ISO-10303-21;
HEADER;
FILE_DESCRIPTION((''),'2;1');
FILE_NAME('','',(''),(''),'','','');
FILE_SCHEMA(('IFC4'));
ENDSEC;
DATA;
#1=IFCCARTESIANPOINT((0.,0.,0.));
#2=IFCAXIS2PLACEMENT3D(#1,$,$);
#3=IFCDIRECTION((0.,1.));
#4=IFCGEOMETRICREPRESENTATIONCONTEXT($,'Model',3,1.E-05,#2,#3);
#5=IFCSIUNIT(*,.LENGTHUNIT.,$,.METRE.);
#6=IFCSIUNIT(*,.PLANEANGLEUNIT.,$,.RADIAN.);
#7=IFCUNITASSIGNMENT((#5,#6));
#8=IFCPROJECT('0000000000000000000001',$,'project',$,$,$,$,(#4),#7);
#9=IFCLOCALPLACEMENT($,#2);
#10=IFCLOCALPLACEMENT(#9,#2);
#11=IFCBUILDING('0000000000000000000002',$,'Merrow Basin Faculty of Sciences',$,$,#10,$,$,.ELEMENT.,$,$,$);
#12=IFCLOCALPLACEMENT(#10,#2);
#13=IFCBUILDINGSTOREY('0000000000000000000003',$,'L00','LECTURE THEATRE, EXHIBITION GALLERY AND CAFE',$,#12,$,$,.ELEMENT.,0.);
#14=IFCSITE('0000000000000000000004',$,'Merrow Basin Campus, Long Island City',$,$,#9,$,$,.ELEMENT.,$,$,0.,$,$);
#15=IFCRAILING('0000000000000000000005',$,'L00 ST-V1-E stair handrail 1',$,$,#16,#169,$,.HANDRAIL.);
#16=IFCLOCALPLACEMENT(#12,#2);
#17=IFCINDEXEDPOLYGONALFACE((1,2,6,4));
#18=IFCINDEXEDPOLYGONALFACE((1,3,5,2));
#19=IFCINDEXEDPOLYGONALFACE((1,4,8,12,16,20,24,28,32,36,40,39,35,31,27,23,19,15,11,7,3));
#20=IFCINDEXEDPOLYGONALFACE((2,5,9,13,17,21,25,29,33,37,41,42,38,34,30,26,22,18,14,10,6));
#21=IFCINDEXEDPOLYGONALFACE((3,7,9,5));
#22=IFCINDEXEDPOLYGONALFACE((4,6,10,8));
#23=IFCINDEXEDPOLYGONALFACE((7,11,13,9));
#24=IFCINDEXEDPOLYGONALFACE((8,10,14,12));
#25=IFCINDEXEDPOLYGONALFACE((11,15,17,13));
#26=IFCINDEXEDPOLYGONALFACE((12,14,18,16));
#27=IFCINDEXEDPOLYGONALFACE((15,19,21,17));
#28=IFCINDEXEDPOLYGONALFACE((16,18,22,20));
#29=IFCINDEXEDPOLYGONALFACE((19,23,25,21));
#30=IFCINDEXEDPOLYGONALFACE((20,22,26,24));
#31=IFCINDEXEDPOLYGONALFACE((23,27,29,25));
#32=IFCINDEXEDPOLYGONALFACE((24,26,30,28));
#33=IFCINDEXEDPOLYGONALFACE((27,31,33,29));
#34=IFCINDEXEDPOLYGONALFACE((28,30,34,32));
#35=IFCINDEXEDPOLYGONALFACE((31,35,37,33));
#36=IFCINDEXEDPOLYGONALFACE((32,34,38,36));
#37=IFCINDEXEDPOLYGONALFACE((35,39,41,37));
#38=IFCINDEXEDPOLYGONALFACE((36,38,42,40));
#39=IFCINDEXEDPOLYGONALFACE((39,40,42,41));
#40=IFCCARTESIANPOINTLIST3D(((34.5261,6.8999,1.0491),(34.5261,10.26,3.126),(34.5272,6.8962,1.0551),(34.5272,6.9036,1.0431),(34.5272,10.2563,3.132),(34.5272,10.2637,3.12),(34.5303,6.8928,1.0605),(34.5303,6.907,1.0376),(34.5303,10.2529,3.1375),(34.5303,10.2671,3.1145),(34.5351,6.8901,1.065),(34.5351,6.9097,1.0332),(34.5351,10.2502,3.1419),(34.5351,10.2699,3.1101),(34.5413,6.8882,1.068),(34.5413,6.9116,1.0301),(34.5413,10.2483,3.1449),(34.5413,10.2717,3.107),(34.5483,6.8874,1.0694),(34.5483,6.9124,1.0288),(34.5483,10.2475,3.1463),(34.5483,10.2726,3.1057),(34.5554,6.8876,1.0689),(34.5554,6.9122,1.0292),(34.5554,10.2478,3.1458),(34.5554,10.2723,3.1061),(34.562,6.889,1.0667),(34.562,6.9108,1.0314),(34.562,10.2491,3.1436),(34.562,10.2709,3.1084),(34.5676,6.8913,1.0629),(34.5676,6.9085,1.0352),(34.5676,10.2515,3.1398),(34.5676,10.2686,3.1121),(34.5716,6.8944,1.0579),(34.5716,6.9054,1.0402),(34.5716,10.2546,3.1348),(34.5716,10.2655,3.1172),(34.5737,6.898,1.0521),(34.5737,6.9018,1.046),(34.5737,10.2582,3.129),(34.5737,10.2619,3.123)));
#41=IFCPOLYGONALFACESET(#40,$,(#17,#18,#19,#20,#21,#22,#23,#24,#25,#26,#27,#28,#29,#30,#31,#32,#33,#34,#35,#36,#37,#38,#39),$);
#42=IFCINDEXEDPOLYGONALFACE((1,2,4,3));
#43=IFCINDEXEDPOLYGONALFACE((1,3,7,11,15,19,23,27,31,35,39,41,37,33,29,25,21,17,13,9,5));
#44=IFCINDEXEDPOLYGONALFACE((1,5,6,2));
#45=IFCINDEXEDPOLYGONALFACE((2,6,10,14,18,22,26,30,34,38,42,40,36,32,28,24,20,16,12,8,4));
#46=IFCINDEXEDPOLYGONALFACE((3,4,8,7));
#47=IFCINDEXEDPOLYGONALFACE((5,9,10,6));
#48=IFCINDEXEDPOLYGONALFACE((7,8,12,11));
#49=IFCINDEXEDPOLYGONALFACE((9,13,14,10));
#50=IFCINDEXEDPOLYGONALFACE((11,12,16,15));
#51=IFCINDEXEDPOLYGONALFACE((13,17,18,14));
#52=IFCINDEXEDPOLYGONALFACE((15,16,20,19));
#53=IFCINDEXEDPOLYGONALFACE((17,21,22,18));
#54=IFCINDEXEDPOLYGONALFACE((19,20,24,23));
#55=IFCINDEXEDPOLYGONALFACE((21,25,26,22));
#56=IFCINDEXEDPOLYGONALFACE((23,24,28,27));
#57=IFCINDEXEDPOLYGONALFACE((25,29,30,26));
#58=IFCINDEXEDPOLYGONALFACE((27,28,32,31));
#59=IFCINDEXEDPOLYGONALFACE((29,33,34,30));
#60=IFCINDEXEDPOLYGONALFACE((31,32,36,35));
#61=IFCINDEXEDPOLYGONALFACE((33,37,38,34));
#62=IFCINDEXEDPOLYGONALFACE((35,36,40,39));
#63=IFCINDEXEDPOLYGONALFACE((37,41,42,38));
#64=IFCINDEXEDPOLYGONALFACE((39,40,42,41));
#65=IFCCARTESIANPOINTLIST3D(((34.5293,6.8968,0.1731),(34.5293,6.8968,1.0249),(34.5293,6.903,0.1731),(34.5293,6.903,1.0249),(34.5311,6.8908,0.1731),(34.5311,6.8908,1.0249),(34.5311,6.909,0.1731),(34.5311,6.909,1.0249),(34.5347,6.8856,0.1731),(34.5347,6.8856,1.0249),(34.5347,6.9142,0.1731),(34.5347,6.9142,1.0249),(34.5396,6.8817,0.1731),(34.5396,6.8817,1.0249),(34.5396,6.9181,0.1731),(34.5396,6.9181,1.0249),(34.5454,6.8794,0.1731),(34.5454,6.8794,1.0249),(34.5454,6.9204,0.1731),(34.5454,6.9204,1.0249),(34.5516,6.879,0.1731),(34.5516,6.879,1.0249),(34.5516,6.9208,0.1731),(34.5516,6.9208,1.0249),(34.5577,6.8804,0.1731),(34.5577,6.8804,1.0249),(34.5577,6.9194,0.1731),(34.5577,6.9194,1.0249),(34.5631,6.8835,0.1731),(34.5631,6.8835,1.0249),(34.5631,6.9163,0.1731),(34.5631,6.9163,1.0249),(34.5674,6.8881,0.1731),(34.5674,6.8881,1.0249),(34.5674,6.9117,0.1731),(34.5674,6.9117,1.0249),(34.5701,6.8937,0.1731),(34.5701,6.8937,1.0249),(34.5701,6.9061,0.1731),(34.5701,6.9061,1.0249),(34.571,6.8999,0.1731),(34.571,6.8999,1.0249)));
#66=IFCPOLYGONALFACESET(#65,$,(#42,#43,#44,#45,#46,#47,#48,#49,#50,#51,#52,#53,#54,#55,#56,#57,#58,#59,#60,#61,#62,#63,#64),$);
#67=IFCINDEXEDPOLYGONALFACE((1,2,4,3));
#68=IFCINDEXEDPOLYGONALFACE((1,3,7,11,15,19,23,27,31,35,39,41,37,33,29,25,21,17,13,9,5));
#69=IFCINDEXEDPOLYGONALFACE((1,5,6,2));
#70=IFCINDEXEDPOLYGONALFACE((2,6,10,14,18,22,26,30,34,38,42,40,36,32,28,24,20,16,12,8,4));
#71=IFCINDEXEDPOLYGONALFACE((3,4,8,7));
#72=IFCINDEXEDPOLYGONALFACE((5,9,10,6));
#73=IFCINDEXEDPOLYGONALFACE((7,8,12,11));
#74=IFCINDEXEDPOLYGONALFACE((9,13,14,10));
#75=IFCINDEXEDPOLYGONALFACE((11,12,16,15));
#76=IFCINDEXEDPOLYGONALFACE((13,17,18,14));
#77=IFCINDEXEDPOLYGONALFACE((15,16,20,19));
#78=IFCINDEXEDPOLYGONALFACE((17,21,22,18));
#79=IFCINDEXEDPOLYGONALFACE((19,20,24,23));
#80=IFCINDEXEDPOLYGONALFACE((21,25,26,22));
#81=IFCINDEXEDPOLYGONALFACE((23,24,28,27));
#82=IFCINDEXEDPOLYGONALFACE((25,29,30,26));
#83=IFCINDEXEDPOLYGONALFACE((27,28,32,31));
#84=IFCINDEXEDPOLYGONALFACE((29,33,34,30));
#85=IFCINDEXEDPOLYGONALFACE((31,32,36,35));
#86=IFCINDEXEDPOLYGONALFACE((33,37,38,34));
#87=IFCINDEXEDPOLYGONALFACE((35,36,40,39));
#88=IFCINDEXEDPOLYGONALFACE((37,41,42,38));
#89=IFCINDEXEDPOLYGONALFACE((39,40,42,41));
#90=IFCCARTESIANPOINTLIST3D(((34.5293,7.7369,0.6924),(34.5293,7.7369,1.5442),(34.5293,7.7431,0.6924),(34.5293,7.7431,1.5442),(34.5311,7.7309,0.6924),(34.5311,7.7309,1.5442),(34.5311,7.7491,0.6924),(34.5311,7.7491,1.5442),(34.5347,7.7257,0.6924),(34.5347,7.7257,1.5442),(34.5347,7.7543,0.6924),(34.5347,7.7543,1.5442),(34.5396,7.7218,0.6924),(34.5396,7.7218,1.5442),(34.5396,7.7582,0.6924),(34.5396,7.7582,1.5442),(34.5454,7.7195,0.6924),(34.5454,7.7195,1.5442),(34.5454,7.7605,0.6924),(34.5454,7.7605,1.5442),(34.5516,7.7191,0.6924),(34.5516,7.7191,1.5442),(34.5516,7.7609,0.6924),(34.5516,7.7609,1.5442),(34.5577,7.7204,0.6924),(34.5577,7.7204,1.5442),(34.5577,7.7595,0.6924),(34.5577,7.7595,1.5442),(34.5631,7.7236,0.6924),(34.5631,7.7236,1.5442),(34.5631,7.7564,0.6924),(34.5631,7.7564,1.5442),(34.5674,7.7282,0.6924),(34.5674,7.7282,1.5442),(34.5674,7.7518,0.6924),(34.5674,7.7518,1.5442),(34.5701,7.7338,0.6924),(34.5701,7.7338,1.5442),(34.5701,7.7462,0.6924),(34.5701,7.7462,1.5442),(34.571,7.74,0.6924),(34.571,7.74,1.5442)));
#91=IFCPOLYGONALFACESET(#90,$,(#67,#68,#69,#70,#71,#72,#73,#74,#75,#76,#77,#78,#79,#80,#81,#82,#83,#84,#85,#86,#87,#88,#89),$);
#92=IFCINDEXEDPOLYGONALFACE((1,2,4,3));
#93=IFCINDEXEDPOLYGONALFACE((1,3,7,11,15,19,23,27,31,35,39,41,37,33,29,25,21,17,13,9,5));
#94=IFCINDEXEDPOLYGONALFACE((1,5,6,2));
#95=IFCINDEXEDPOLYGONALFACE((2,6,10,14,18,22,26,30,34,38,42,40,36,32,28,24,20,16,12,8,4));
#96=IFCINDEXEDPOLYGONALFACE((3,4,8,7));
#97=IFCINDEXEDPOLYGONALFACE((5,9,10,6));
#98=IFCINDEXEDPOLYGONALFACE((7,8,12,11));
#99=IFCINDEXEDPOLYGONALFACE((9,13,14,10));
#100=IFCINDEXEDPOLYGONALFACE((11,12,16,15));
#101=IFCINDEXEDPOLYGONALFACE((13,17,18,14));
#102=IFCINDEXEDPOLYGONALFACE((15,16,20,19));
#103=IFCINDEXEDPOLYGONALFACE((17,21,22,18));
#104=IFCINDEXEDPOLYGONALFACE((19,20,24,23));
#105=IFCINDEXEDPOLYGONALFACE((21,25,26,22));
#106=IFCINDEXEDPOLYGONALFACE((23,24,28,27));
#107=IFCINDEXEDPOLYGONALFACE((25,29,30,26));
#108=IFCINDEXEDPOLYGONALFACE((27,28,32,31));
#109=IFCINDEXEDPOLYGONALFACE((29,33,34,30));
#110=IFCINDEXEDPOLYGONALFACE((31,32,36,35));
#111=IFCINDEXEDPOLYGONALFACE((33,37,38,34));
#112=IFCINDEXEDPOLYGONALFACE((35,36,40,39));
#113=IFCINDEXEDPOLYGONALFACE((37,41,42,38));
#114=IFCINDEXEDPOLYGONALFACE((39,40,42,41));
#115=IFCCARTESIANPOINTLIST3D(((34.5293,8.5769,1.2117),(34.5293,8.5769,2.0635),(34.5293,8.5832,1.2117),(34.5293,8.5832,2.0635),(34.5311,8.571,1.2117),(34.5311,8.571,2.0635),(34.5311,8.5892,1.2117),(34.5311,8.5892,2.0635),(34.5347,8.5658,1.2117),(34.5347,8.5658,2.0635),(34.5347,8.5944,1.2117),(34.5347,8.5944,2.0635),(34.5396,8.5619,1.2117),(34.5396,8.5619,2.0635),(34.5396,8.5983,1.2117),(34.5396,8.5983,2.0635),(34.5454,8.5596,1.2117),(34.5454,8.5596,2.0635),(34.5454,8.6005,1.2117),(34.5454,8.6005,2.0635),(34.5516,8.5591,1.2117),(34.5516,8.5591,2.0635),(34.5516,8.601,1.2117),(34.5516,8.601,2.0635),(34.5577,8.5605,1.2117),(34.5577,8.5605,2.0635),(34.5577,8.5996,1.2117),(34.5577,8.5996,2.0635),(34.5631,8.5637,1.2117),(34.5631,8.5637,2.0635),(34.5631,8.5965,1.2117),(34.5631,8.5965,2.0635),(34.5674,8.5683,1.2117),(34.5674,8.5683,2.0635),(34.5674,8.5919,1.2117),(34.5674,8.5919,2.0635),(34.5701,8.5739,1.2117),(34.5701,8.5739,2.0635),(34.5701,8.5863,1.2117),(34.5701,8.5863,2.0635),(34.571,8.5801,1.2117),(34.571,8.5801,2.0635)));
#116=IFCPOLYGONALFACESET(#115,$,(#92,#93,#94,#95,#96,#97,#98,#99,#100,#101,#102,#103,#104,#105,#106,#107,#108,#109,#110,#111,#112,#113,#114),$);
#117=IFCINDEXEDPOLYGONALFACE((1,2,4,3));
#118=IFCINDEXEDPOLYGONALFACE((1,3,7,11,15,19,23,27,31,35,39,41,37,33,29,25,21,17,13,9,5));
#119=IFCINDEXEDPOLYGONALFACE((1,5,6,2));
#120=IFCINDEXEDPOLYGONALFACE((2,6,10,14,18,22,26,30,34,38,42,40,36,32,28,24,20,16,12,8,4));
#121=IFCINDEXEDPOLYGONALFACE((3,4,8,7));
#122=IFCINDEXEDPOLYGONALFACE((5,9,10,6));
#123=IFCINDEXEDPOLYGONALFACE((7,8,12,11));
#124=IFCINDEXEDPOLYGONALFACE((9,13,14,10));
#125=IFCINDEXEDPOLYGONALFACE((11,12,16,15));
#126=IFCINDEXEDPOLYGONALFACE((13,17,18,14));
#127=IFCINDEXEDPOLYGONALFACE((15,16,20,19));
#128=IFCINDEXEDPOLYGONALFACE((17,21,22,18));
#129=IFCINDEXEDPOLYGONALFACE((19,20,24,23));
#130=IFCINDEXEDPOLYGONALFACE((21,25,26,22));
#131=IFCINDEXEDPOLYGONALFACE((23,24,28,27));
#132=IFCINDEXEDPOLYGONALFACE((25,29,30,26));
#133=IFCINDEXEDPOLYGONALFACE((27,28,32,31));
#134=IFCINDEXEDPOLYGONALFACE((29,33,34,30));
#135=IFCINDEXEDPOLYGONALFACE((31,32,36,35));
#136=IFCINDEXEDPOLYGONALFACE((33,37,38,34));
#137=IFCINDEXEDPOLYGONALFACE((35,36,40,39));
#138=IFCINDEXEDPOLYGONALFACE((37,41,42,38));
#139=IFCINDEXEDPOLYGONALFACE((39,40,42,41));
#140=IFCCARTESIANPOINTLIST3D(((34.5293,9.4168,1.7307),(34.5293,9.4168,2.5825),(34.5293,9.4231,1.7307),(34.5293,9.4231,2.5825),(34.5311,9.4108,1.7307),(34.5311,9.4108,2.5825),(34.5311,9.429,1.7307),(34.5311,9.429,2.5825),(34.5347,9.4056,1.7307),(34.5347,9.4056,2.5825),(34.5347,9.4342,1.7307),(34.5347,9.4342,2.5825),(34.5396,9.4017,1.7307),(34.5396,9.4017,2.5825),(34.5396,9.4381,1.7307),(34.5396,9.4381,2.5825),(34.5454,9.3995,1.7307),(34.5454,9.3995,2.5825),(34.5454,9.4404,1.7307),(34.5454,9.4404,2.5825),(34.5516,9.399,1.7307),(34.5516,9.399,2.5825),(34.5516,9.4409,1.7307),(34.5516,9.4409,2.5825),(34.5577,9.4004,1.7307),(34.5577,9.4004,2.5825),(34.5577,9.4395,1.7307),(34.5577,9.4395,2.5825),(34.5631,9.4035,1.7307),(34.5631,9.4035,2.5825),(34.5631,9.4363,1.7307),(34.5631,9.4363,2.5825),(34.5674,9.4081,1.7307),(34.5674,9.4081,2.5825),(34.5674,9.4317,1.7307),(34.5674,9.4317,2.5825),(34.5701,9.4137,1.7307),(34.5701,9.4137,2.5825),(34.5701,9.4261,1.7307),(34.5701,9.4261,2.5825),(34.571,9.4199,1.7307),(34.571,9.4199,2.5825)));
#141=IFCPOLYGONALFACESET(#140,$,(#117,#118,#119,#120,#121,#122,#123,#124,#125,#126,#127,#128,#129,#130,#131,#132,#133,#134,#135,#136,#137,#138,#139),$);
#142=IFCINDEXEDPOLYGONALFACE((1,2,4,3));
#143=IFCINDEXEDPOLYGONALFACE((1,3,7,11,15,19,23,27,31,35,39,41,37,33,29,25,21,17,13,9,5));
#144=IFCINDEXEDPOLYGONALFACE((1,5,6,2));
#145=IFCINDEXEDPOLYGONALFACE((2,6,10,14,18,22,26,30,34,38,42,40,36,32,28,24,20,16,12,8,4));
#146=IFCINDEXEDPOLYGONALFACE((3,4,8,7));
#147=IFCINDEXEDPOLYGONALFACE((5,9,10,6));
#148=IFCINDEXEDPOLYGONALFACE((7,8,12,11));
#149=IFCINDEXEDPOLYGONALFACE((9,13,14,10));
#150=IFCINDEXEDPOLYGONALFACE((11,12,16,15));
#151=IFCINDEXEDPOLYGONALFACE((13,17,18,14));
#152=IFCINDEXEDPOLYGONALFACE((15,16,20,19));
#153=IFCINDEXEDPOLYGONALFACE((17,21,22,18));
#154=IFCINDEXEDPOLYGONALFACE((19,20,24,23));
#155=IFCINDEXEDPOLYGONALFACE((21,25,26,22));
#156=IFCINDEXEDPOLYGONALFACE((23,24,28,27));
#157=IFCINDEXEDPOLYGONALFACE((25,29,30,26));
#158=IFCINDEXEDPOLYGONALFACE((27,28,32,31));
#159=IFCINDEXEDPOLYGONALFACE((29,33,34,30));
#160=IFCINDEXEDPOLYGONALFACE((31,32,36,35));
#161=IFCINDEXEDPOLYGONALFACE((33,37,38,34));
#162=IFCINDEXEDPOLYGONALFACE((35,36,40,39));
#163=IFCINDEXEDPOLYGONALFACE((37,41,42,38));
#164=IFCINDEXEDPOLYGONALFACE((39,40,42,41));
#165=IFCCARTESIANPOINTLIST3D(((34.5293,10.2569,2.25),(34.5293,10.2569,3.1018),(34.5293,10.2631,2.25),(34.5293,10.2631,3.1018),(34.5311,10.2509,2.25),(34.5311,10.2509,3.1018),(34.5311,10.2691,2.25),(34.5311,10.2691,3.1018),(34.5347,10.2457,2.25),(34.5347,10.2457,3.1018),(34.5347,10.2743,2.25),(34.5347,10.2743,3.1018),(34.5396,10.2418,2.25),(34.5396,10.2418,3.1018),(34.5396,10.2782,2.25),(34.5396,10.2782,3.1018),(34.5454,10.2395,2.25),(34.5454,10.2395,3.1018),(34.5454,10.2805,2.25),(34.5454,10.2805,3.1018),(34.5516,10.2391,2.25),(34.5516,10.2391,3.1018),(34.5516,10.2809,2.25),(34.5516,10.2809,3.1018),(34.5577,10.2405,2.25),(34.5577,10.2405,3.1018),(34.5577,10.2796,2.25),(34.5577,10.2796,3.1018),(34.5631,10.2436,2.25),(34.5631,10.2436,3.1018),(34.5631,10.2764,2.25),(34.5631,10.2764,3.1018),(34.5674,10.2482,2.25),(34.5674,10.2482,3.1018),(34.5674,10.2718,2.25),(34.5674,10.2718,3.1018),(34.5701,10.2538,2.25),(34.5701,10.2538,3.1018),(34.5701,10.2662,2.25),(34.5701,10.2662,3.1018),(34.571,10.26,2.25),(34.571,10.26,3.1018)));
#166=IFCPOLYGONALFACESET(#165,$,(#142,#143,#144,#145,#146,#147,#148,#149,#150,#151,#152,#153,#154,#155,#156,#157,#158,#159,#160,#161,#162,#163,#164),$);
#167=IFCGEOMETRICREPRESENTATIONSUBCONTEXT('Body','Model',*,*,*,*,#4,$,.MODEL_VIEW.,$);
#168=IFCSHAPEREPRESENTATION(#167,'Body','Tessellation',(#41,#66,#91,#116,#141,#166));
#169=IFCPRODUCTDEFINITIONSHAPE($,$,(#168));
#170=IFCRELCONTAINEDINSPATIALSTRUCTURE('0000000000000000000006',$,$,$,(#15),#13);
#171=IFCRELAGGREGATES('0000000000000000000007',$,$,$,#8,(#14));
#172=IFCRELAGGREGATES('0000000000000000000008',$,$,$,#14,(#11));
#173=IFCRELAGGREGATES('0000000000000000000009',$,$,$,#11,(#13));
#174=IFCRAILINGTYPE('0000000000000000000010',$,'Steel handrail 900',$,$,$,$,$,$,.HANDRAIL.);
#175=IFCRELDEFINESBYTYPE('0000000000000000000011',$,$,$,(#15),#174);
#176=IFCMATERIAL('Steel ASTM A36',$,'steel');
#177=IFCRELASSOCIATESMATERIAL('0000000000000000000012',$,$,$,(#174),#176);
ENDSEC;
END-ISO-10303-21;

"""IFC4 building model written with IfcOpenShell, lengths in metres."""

from ifc_helpers import new_model, si_unit, direction, frame, origin, origin_2d, place, context, subcontext, project, spatial, circle, extrude, material, type_object, element, save


model = new_model("IFC4")

# Units and contexts
model_context = context("Model", 3, precision=1e-05, world=origin(), true_north=direction((0.0, 1.0)))
body_context = subcontext(model_context, "Body", "Model", "MODEL_VIEW")
ifc_project = project(units=[si_unit("LENGTHUNIT", "METRE"), si_unit("PLANEANGLEUNIT", "RADIAN")], contexts=[model_context])

# Site, building, storey
site_placement = place(None, origin())
site = spatial("IfcSite", under=ifc_project, at=site_placement, Name="Merrow Basin Campus, Long Island City", CompositionType="ELEMENT", RefElevation=0.0)
building_placement = place(site_placement, origin())
building = spatial("IfcBuilding", under=site, at=building_placement, Name="Merrow Basin Faculty of Sciences", CompositionType="ELEMENT")
storey_placement = place(building_placement, origin())
storey = spatial("IfcBuildingStorey", under=building, at=storey_placement, Name="L00", Description="LECTURE THEATRE, EXHIBITION GALLERY AND CAFE", CompositionType="ELEMENT", Elevation=0.0)

# Railing
ifc_material_1 = material(Name="Steel ASTM A36", Category="steel")
railing_type_1 = type_object("IfcRailingType", Name="Steel handrail 900", PredefinedType="HANDRAIL", material=ifc_material_1)
railing_1_placement = place(storey_placement, frame((34.55, 6.8999, 0.1731)))
element("IfcRailing", 1, at=railing_1_placement, inside=storey, type_object=railing_type_1, Name="L00 ST-V1-E stair handrail 1", PredefinedType="HANDRAIL", context=body_context, shape_type="SweptSolid", body=[
    extrude(circle(Radius=0.0239, at=origin_2d()), frame((0.0, 0.0, 0.876), z_axis=(0.0, 0.850623, 0.525776), x_axis=(-1.0, 0.0, 0.0)), (0.0, 0.0, 1.0), 3.9502),
    extrude(circle(Radius=0.021, at=origin_2d()), origin(), (0.0, 0.0, 1.0), 0.8518),
    extrude(circle(Radius=0.021, at=origin_2d()), frame((0.0, 0.8401, 0.5193)), (0.0, 0.0, 1.0), 0.8518),
    extrude(circle(Radius=0.021, at=origin_2d()), frame((0.0, 1.6802, 1.0386)), (0.0, 0.0, 1.0), 0.8518),
    extrude(circle(Radius=0.021, at=origin_2d()), frame((0.0, 2.52, 1.5576)), (0.0, 0.0, 1.0), 0.8518),
    extrude(circle(Radius=0.021, at=origin_2d()), frame((0.0, 3.3601, 2.0769)), (0.0, 0.0, 1.0), 0.8518),
])

save(model, "model.ifc")
